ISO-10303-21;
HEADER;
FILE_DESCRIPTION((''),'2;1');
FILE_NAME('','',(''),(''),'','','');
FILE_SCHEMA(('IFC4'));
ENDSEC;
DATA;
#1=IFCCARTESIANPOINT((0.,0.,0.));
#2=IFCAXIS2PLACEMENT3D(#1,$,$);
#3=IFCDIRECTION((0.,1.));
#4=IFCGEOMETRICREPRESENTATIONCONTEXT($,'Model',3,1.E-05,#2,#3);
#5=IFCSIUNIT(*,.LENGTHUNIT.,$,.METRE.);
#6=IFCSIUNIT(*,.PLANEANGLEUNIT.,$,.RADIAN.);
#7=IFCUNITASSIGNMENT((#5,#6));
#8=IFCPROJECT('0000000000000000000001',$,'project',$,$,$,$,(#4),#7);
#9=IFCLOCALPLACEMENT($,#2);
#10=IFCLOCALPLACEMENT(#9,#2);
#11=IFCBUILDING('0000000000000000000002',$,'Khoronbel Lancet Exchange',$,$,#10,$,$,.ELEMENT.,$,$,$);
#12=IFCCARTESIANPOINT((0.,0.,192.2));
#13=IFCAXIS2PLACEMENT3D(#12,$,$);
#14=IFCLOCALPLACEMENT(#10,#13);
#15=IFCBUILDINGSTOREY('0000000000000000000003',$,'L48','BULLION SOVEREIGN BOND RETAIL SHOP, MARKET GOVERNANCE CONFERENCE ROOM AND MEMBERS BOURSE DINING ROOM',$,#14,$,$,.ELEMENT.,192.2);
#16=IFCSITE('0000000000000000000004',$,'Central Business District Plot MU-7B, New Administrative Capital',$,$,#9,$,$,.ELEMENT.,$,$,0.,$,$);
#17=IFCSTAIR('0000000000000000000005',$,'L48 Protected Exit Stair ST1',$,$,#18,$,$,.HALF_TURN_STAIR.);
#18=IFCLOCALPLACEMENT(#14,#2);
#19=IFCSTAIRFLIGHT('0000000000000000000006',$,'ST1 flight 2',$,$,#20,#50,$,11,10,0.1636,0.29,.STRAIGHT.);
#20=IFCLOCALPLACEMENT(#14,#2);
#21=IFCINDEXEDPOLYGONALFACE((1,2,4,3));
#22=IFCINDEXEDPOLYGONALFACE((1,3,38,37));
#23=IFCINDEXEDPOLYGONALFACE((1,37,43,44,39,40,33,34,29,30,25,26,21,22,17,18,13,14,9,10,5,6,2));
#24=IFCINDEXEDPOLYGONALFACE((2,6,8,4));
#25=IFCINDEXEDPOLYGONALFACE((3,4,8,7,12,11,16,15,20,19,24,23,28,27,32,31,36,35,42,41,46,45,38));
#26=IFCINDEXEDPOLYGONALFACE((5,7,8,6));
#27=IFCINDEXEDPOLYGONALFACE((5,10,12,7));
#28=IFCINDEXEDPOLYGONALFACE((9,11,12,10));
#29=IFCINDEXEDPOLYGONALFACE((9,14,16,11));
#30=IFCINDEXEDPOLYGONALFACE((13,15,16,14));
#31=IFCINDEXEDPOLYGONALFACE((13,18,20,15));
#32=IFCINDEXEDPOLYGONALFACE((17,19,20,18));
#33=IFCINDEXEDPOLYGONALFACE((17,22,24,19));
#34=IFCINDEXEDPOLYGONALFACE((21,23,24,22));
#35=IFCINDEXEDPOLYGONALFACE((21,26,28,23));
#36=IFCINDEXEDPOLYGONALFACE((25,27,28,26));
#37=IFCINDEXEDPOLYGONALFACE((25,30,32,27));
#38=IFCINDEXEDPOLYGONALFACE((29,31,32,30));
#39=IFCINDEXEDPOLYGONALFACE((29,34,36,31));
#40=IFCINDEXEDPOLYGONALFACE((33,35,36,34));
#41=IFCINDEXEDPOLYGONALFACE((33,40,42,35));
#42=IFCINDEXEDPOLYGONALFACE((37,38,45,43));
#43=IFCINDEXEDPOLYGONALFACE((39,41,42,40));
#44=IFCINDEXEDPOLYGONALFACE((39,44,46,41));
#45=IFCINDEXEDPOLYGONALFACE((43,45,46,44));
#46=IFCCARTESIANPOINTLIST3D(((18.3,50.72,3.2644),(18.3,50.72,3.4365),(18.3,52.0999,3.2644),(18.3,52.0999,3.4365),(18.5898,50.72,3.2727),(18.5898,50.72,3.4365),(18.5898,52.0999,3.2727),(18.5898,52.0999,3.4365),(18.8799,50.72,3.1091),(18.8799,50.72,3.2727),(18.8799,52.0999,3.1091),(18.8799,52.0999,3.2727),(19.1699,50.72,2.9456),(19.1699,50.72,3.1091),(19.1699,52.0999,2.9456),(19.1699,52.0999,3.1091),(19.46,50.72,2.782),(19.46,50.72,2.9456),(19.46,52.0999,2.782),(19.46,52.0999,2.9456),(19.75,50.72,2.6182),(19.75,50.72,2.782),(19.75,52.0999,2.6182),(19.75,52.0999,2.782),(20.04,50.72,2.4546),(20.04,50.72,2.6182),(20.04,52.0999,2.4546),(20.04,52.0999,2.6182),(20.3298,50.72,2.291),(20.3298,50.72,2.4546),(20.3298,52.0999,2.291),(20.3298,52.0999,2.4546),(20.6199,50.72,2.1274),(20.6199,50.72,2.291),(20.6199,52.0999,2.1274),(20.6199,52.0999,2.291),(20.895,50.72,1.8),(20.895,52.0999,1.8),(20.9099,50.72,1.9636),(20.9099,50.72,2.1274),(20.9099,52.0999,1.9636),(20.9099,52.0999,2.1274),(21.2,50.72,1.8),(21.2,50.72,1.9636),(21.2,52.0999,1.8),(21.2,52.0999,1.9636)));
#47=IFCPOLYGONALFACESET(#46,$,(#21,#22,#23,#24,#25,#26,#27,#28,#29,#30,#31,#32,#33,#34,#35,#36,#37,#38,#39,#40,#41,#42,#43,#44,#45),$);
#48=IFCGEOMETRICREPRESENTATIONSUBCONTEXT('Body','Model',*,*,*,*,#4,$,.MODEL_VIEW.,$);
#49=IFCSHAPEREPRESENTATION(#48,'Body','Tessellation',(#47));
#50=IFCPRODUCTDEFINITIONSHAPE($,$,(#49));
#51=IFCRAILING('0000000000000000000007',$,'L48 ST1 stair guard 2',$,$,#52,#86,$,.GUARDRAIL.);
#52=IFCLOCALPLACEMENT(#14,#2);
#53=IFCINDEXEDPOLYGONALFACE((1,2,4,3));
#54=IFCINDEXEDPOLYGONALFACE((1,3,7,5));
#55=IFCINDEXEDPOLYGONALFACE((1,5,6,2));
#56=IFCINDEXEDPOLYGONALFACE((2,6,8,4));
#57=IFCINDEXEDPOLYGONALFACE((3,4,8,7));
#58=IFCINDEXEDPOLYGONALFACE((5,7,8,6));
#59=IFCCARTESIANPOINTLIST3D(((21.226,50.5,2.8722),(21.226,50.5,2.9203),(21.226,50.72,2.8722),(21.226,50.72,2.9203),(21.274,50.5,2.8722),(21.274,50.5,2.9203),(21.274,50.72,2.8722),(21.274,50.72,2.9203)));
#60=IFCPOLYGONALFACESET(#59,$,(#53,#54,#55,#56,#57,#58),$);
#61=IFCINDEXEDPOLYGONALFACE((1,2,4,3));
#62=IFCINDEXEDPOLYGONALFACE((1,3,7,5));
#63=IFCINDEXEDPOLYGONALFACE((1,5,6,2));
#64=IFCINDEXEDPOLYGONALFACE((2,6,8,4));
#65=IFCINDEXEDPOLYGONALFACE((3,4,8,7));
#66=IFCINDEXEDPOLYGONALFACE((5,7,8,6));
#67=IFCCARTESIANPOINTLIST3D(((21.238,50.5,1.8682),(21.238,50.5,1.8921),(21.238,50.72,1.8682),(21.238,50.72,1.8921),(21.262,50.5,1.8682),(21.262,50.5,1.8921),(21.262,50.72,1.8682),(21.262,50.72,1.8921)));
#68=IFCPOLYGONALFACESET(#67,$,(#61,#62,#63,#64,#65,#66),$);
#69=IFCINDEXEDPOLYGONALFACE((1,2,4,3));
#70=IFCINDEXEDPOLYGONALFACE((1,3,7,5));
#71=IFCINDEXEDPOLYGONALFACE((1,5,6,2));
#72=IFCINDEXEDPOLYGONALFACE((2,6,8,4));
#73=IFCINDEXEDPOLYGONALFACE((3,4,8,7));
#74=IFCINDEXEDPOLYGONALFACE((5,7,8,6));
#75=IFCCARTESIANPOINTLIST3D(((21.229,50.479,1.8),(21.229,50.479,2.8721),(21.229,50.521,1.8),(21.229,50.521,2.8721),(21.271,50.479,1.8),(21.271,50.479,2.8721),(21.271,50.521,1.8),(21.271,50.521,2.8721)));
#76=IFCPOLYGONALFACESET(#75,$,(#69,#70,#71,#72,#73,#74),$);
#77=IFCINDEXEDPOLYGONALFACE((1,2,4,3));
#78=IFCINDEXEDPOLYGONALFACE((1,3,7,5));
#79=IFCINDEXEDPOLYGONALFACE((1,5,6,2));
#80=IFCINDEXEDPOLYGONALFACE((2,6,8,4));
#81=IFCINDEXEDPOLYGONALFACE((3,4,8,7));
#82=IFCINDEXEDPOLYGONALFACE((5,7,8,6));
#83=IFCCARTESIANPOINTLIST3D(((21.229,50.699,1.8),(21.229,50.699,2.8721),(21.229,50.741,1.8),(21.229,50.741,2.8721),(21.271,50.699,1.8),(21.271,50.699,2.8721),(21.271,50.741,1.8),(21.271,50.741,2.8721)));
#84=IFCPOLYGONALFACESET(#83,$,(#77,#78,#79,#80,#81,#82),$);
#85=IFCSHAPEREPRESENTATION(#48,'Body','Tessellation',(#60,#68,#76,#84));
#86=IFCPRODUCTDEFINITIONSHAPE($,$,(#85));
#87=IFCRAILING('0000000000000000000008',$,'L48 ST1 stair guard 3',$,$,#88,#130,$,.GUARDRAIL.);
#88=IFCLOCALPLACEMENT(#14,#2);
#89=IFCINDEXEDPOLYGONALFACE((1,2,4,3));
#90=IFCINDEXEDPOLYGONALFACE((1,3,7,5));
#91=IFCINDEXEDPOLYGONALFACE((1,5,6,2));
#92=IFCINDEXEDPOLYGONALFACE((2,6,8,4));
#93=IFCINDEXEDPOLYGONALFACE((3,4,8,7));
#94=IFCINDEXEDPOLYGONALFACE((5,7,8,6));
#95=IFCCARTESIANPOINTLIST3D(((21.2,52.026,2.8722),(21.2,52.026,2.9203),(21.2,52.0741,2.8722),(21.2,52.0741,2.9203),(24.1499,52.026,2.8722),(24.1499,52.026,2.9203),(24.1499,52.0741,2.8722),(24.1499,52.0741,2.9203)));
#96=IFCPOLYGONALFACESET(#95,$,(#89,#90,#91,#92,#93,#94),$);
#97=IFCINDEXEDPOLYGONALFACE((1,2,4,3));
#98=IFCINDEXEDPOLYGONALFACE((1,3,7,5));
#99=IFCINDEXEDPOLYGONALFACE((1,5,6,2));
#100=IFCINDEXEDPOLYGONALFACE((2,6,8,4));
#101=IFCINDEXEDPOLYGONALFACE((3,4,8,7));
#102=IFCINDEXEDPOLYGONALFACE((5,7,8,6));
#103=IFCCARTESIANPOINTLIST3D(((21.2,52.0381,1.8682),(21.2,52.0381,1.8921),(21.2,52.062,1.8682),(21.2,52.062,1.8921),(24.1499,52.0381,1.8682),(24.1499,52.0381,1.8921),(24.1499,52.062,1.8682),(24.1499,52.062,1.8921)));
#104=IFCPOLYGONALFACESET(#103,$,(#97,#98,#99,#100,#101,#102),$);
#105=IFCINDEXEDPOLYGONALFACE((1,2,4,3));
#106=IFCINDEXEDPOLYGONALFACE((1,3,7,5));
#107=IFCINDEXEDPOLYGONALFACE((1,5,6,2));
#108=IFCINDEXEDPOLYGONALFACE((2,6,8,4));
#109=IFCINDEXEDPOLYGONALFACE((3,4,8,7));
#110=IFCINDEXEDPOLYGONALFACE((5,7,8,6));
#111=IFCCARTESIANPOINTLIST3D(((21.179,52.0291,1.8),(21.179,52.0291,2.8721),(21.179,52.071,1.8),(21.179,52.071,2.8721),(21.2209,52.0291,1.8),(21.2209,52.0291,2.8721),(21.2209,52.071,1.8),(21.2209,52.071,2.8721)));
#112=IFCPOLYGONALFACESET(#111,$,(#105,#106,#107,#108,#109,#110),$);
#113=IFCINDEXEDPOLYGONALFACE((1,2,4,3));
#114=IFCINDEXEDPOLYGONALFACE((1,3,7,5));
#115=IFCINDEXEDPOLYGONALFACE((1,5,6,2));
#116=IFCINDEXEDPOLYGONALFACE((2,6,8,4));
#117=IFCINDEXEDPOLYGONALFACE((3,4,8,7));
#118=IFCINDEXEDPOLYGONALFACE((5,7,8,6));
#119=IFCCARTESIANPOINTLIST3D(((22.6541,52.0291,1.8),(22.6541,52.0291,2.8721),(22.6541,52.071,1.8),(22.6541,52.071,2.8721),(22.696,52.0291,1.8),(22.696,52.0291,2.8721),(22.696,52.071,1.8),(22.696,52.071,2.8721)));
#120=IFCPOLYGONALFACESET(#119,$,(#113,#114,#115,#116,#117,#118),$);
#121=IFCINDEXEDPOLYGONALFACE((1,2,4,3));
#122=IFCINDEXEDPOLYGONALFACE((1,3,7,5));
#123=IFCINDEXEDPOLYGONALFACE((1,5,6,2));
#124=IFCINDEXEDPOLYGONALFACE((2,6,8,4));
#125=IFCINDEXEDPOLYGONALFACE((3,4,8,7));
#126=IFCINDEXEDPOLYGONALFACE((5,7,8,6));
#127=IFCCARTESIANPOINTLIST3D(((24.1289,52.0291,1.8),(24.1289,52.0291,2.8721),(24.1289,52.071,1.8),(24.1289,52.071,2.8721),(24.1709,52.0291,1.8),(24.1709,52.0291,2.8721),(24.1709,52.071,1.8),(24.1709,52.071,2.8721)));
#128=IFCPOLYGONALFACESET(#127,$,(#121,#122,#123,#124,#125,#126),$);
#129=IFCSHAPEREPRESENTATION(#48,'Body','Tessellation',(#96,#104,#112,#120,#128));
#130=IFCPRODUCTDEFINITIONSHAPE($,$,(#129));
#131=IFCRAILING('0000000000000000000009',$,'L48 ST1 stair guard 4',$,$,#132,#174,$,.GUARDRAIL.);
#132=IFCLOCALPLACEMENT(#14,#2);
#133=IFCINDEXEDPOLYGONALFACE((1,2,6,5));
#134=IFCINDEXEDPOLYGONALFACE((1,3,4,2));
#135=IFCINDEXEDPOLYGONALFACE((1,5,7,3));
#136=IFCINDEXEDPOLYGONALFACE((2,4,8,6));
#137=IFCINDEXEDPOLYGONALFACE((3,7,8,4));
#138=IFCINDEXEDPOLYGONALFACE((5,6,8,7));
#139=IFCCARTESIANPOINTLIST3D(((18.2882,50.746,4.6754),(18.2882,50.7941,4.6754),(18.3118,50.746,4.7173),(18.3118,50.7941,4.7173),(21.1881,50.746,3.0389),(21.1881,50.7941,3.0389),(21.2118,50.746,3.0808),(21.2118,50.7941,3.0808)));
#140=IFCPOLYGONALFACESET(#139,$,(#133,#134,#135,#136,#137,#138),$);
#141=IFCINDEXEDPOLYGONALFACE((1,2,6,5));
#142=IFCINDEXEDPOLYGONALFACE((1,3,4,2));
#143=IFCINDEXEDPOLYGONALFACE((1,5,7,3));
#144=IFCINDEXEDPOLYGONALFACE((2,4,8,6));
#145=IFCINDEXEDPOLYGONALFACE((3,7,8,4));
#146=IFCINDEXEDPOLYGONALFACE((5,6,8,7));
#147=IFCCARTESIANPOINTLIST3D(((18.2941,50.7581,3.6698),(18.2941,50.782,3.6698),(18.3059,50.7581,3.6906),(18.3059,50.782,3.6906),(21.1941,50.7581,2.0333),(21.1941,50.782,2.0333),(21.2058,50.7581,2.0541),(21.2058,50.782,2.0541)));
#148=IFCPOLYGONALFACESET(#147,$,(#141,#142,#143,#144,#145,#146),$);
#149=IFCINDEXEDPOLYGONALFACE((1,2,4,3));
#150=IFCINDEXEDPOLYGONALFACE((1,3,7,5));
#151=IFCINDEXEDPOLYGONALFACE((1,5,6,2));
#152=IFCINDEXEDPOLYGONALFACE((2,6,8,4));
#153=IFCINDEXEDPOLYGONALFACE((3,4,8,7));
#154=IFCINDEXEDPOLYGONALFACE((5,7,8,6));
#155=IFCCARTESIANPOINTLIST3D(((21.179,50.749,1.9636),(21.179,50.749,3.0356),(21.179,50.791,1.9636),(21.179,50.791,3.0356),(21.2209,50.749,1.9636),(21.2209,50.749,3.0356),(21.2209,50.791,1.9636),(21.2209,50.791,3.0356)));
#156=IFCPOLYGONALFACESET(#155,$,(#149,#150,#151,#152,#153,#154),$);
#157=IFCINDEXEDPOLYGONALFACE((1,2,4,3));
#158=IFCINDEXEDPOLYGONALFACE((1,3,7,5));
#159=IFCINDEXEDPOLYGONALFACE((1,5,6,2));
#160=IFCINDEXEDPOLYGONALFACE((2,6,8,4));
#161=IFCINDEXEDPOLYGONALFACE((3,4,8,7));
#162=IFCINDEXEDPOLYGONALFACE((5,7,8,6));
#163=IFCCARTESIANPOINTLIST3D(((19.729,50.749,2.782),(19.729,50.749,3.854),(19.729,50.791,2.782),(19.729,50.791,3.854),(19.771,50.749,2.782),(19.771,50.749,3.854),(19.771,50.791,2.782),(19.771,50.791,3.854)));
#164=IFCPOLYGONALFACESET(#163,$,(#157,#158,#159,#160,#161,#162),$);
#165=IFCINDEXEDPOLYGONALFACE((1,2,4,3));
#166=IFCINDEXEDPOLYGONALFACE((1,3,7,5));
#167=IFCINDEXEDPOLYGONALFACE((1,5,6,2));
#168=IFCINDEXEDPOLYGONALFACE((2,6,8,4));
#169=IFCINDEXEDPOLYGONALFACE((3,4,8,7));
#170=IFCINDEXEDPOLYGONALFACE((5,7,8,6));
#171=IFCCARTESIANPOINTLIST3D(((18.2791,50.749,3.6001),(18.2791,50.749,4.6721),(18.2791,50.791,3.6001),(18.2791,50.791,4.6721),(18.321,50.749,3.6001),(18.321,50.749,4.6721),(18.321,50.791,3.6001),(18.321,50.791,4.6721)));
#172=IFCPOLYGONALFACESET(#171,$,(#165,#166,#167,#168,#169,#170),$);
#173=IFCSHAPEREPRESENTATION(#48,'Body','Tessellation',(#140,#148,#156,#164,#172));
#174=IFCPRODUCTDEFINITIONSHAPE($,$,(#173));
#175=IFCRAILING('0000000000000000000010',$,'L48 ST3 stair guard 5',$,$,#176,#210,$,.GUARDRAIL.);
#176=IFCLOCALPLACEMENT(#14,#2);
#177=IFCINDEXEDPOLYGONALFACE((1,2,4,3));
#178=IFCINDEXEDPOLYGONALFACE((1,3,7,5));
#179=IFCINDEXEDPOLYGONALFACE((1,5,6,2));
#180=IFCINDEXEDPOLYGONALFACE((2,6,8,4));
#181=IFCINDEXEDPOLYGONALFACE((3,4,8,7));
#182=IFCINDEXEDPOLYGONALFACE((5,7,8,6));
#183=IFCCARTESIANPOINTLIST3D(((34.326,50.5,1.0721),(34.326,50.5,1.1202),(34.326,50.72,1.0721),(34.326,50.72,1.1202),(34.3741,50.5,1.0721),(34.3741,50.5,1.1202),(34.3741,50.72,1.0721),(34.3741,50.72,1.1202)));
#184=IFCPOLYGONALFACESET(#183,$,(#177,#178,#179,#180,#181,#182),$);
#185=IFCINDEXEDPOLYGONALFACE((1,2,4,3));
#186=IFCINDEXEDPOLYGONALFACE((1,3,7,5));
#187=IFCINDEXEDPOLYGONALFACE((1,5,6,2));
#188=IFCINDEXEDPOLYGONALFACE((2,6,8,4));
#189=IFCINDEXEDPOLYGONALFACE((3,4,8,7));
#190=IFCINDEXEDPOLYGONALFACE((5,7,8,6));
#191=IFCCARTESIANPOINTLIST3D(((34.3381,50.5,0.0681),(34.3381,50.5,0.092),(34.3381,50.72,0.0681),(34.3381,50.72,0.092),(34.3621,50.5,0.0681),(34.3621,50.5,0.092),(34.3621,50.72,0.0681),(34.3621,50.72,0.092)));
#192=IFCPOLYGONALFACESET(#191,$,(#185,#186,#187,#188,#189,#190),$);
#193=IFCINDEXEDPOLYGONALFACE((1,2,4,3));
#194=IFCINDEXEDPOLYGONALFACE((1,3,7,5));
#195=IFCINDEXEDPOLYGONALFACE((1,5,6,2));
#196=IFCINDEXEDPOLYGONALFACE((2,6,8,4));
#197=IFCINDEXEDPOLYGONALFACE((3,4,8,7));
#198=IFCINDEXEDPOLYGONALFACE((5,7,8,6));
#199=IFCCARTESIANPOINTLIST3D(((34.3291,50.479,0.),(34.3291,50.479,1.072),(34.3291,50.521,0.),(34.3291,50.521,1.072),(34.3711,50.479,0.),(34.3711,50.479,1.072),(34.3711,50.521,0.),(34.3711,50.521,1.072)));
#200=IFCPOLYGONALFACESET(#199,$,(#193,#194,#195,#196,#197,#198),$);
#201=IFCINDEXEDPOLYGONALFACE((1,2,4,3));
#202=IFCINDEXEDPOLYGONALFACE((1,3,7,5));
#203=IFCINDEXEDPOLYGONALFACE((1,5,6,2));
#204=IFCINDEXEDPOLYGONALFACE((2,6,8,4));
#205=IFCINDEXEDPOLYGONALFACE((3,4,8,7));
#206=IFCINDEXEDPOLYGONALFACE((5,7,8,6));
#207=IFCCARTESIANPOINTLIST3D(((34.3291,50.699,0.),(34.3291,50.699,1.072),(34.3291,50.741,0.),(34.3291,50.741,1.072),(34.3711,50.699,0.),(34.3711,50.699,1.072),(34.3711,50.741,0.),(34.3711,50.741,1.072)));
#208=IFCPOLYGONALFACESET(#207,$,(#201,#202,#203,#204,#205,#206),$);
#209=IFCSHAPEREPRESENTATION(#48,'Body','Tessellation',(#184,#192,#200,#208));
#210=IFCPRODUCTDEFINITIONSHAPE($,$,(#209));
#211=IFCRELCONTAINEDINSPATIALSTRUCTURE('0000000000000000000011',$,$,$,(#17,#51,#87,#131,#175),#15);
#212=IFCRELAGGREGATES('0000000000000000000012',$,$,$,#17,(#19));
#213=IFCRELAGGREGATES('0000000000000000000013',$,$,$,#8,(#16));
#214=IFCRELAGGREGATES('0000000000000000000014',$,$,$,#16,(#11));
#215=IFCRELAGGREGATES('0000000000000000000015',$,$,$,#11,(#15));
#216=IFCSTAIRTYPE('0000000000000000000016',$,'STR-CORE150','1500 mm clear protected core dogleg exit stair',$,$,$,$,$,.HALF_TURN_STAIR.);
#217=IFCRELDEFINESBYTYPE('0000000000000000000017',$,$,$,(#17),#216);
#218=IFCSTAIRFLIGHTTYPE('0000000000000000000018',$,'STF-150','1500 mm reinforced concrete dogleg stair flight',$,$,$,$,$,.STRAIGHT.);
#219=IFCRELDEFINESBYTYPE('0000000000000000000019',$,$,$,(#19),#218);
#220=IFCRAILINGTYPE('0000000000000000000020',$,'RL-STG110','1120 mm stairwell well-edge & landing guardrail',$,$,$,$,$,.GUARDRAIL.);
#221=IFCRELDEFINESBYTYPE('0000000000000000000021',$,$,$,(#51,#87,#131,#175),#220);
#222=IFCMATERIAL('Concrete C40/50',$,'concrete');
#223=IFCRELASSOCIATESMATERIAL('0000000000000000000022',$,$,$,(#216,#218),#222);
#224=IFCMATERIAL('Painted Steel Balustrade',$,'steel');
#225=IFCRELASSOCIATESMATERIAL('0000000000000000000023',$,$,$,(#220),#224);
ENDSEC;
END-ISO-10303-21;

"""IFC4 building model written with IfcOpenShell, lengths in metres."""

from ifc_helpers import new_model, si_unit, direction, frame, origin, origin_2d, place, context, subcontext, project, spatial, polyline, rectangle, outline, extrude, material, type_object, element, aggregate, save


model = new_model("IFC4")

# Units and contexts
model_context = context("Model", 3, precision=1e-05, world=origin(), true_north=direction((0.0, 1.0)))
body_context = subcontext(model_context, "Body", "Model", "MODEL_VIEW")
ifc_project = project(units=[si_unit("LENGTHUNIT", "METRE"), si_unit("PLANEANGLEUNIT", "RADIAN")], contexts=[model_context])

# Site, building, storey
site_placement = place(None, origin())
site = spatial("IfcSite", under=ifc_project, at=site_placement, Name="Central Business District Plot MU-7B, New Administrative Capital", CompositionType="ELEMENT", RefElevation=0.0)
building_placement = place(site_placement, origin())
building = spatial("IfcBuilding", under=site, at=building_placement, Name="Khoronbel Lancet Exchange", CompositionType="ELEMENT")
storey_placement = place(building_placement, frame((0.0, 0.0, 192.2)))
storey = spatial("IfcBuildingStorey", under=building, at=storey_placement, Name="L48", Description="BULLION SOVEREIGN BOND RETAIL SHOP, MARKET GOVERNANCE CONFERENCE ROOM AND MEMBERS BOURSE DINING ROOM", CompositionType="ELEMENT", Elevation=192.2)

# Stair, stair flight
ifc_material_1 = material(Name="Concrete C40/50", Category="concrete")
stair_type = type_object("IfcStairType", Name="STR-CORE150", Description="1500 mm clear protected core dogleg exit stair", PredefinedType="HALF_TURN_STAIR", material=ifc_material_1)
stair_placement = place(storey_placement, origin())
stair = element("IfcStair", 1, at=stair_placement, inside=storey, type_object=stair_type, Name="L48 Protected Exit Stair ST1", PredefinedType="HALF_TURN_STAIR")
stair_flight_type = type_object("IfcStairFlightType", Name="STF-150", Description="1500 mm reinforced concrete dogleg stair flight", PredefinedType="STRAIGHT", material=ifc_material_1)
stair_flight_placement = place(storey_placement, frame((21.2, 51.4099, 1.8), z_axis=(0.0, 0.0, 1.0), x_axis=(-1.0, 0.0, 0.0)))
stair_flight = element("IfcStairFlight", 2, at=stair_flight_placement, type_object=stair_flight_type, Name="ST1 flight 2", NumberOfRisers=11, NumberOfTreads=10, PredefinedType="STRAIGHT", RiserHeight=0.1636, TreadLength=0.29, context=body_context, shape_type="SweptSolid", body=[
    extrude(outline(polyline([(0.0, 0.0), (0.0, 0.1636), (0.29, 0.1636), (0.29, 0.3274), (0.5801, 0.3274), (0.5801, 0.491), (0.8701, 0.491), (0.8701, 0.6545), (1.1599, 0.6545), (1.1599, 0.8181), (1.45, 0.8181), (1.45, 0.9819), (1.74, 0.9819), (1.74, 1.1455), (2.03, 1.1455), (2.03, 1.3091), (2.3201, 1.3091), (2.3201, 1.4727), (2.6101, 1.4727), (2.6101, 1.6365), (2.8999, 1.6365), (2.8999, 1.8), (2.8999, 1.4644), (0.3049, 0.0), (0.0, 0.0)])), frame((0.0, 0.6899, 0.0), z_axis=(0.0, -1.0, 0.0), x_axis=(1.0, 0.0, 0.0)), (0.0, 0.0, 1.0), 1.3799),
])
aggregate(stair, [stair_flight])

# Railings
ifc_material_2 = material(Name="Painted Steel Balustrade", Category="steel")
railing_type_1 = type_object("IfcRailingType", Name="RL-STG110", Description="1120 mm stairwell well-edge & landing guardrail", PredefinedType="GUARDRAIL", material=ifc_material_2)
railing_1_placement = place(storey_placement, frame((21.25, 50.5, 1.8)))
element("IfcRailing", 3, at=railing_1_placement, inside=storey, type_object=railing_type_1, Name="L48 ST1 stair guard 2", PredefinedType="GUARDRAIL", context=body_context, shape_type="SweptSolid", body=[
    extrude(rectangle(XDim=0.0481, YDim=0.0481, at=origin_2d()), frame((0.0, 0.0, 1.0962), z_axis=(0.0, 1.0, 0.0), x_axis=(-1.0, 0.0, 0.0)), (0.0, 0.0, 1.0), 0.22),
    extrude(rectangle(XDim=0.0239, YDim=0.0239, at=origin_2d()), frame((0.0, 0.0, 0.0801), z_axis=(0.0, 1.0, 0.0), x_axis=(-1.0, 0.0, 0.0)), (0.0, 0.0, 1.0), 0.22),
    extrude(rectangle(XDim=0.042, YDim=0.042, at=origin_2d()), origin(), (0.0, 0.0, 1.0), 1.072),
    extrude(rectangle(XDim=0.042, YDim=0.042, at=origin_2d()), frame((0.0, 0.22, 0.0)), (0.0, 0.0, 1.0), 1.072),
])
railing_2_placement = place(storey_placement, frame((21.2, 52.05, 1.8)))
element("IfcRailing", 4, at=railing_2_placement, inside=storey, type_object=railing_type_1, Name="L48 ST1 stair guard 3", PredefinedType="GUARDRAIL", context=body_context, shape_type="SweptSolid", body=[
    extrude(rectangle(XDim=0.0481, YDim=0.0481, at=origin_2d()), frame((0.0, 0.0, 1.0962), z_axis=(1.0, 0.0, 0.0), x_axis=(0.0, 1.0, 0.0)), (0.0, 0.0, 1.0), 2.95),
    extrude(rectangle(XDim=0.0239, YDim=0.0239, at=origin_2d()), frame((0.0, 0.0, 0.0801), z_axis=(1.0, 0.0, 0.0), x_axis=(0.0, 1.0, 0.0)), (0.0, 0.0, 1.0), 2.95),
    extrude(rectangle(XDim=0.042, YDim=0.042, at=origin_2d()), origin(), (0.0, 0.0, 1.0), 1.072),
    extrude(rectangle(XDim=0.042, YDim=0.042, at=origin_2d()), frame((1.4751, 0.0, 0.0)), (0.0, 0.0, 1.0), 1.072),
    extrude(rectangle(XDim=0.042, YDim=0.042, at=origin_2d()), frame((2.95, 0.0, 0.0)), (0.0, 0.0, 1.0), 1.072),
])
railing_3_placement = place(storey_placement, frame((21.2, 50.77, 1.9636)))
element("IfcRailing", 5, at=railing_3_placement, inside=storey, type_object=railing_type_1, Name="L48 ST1 stair guard 4", PredefinedType="GUARDRAIL", context=body_context, shape_type="SweptSolid", body=[
    extrude(rectangle(XDim=0.0481, YDim=0.0481, at=origin_2d()), frame((0.0, 0.0, 1.0962), z_axis=(-0.870897, 0.0, 0.491465), x_axis=(0.0, -1.0, 0.0)), (0.0, 0.0, 1.0), 3.3298),
    extrude(rectangle(XDim=0.0239, YDim=0.0239, at=origin_2d()), frame((0.0, 0.0, 0.0801), z_axis=(-0.870897, 0.0, 0.491465), x_axis=(0.0, -1.0, 0.0)), (0.0, 0.0, 1.0), 3.3298),
    extrude(rectangle(XDim=0.042, YDim=0.042, at=origin_2d()), origin(), (0.0, 0.0, 1.0), 1.072),
    extrude(rectangle(XDim=0.042, YDim=0.042, at=origin_2d()), frame((-1.45, 0.0, 0.8184)), (0.0, 0.0, 1.0), 1.072),
    extrude(rectangle(XDim=0.042, YDim=0.042, at=origin_2d()), frame((-2.8999, 0.0, 1.6365)), (0.0, 0.0, 1.0), 1.072),
])
railing_4_placement = place(storey_placement, frame((34.3501, 50.5, 0.0)))
element("IfcRailing", 6, at=railing_4_placement, inside=storey, type_object=railing_type_1, Name="L48 ST3 stair guard 5", PredefinedType="GUARDRAIL", context=body_context, shape_type="SweptSolid", body=[
    extrude(rectangle(XDim=0.0481, YDim=0.0481, at=origin_2d()), frame((0.0, 0.0, 1.0962), z_axis=(0.0, 1.0, 0.0), x_axis=(-1.0, 0.0, 0.0)), (0.0, 0.0, 1.0), 0.22),
    extrude(rectangle(XDim=0.0239, YDim=0.0239, at=origin_2d()), frame((0.0, 0.0, 0.0801), z_axis=(0.0, 1.0, 0.0), x_axis=(-1.0, 0.0, 0.0)), (0.0, 0.0, 1.0), 0.22),
    extrude(rectangle(XDim=0.042, YDim=0.042, at=origin_2d()), origin(), (0.0, 0.0, 1.0), 1.072),
    extrude(rectangle(XDim=0.042, YDim=0.042, at=origin_2d()), frame((0.0, 0.22, 0.0)), (0.0, 0.0, 1.0), 1.072),
])

save(model, "model.ifc")
